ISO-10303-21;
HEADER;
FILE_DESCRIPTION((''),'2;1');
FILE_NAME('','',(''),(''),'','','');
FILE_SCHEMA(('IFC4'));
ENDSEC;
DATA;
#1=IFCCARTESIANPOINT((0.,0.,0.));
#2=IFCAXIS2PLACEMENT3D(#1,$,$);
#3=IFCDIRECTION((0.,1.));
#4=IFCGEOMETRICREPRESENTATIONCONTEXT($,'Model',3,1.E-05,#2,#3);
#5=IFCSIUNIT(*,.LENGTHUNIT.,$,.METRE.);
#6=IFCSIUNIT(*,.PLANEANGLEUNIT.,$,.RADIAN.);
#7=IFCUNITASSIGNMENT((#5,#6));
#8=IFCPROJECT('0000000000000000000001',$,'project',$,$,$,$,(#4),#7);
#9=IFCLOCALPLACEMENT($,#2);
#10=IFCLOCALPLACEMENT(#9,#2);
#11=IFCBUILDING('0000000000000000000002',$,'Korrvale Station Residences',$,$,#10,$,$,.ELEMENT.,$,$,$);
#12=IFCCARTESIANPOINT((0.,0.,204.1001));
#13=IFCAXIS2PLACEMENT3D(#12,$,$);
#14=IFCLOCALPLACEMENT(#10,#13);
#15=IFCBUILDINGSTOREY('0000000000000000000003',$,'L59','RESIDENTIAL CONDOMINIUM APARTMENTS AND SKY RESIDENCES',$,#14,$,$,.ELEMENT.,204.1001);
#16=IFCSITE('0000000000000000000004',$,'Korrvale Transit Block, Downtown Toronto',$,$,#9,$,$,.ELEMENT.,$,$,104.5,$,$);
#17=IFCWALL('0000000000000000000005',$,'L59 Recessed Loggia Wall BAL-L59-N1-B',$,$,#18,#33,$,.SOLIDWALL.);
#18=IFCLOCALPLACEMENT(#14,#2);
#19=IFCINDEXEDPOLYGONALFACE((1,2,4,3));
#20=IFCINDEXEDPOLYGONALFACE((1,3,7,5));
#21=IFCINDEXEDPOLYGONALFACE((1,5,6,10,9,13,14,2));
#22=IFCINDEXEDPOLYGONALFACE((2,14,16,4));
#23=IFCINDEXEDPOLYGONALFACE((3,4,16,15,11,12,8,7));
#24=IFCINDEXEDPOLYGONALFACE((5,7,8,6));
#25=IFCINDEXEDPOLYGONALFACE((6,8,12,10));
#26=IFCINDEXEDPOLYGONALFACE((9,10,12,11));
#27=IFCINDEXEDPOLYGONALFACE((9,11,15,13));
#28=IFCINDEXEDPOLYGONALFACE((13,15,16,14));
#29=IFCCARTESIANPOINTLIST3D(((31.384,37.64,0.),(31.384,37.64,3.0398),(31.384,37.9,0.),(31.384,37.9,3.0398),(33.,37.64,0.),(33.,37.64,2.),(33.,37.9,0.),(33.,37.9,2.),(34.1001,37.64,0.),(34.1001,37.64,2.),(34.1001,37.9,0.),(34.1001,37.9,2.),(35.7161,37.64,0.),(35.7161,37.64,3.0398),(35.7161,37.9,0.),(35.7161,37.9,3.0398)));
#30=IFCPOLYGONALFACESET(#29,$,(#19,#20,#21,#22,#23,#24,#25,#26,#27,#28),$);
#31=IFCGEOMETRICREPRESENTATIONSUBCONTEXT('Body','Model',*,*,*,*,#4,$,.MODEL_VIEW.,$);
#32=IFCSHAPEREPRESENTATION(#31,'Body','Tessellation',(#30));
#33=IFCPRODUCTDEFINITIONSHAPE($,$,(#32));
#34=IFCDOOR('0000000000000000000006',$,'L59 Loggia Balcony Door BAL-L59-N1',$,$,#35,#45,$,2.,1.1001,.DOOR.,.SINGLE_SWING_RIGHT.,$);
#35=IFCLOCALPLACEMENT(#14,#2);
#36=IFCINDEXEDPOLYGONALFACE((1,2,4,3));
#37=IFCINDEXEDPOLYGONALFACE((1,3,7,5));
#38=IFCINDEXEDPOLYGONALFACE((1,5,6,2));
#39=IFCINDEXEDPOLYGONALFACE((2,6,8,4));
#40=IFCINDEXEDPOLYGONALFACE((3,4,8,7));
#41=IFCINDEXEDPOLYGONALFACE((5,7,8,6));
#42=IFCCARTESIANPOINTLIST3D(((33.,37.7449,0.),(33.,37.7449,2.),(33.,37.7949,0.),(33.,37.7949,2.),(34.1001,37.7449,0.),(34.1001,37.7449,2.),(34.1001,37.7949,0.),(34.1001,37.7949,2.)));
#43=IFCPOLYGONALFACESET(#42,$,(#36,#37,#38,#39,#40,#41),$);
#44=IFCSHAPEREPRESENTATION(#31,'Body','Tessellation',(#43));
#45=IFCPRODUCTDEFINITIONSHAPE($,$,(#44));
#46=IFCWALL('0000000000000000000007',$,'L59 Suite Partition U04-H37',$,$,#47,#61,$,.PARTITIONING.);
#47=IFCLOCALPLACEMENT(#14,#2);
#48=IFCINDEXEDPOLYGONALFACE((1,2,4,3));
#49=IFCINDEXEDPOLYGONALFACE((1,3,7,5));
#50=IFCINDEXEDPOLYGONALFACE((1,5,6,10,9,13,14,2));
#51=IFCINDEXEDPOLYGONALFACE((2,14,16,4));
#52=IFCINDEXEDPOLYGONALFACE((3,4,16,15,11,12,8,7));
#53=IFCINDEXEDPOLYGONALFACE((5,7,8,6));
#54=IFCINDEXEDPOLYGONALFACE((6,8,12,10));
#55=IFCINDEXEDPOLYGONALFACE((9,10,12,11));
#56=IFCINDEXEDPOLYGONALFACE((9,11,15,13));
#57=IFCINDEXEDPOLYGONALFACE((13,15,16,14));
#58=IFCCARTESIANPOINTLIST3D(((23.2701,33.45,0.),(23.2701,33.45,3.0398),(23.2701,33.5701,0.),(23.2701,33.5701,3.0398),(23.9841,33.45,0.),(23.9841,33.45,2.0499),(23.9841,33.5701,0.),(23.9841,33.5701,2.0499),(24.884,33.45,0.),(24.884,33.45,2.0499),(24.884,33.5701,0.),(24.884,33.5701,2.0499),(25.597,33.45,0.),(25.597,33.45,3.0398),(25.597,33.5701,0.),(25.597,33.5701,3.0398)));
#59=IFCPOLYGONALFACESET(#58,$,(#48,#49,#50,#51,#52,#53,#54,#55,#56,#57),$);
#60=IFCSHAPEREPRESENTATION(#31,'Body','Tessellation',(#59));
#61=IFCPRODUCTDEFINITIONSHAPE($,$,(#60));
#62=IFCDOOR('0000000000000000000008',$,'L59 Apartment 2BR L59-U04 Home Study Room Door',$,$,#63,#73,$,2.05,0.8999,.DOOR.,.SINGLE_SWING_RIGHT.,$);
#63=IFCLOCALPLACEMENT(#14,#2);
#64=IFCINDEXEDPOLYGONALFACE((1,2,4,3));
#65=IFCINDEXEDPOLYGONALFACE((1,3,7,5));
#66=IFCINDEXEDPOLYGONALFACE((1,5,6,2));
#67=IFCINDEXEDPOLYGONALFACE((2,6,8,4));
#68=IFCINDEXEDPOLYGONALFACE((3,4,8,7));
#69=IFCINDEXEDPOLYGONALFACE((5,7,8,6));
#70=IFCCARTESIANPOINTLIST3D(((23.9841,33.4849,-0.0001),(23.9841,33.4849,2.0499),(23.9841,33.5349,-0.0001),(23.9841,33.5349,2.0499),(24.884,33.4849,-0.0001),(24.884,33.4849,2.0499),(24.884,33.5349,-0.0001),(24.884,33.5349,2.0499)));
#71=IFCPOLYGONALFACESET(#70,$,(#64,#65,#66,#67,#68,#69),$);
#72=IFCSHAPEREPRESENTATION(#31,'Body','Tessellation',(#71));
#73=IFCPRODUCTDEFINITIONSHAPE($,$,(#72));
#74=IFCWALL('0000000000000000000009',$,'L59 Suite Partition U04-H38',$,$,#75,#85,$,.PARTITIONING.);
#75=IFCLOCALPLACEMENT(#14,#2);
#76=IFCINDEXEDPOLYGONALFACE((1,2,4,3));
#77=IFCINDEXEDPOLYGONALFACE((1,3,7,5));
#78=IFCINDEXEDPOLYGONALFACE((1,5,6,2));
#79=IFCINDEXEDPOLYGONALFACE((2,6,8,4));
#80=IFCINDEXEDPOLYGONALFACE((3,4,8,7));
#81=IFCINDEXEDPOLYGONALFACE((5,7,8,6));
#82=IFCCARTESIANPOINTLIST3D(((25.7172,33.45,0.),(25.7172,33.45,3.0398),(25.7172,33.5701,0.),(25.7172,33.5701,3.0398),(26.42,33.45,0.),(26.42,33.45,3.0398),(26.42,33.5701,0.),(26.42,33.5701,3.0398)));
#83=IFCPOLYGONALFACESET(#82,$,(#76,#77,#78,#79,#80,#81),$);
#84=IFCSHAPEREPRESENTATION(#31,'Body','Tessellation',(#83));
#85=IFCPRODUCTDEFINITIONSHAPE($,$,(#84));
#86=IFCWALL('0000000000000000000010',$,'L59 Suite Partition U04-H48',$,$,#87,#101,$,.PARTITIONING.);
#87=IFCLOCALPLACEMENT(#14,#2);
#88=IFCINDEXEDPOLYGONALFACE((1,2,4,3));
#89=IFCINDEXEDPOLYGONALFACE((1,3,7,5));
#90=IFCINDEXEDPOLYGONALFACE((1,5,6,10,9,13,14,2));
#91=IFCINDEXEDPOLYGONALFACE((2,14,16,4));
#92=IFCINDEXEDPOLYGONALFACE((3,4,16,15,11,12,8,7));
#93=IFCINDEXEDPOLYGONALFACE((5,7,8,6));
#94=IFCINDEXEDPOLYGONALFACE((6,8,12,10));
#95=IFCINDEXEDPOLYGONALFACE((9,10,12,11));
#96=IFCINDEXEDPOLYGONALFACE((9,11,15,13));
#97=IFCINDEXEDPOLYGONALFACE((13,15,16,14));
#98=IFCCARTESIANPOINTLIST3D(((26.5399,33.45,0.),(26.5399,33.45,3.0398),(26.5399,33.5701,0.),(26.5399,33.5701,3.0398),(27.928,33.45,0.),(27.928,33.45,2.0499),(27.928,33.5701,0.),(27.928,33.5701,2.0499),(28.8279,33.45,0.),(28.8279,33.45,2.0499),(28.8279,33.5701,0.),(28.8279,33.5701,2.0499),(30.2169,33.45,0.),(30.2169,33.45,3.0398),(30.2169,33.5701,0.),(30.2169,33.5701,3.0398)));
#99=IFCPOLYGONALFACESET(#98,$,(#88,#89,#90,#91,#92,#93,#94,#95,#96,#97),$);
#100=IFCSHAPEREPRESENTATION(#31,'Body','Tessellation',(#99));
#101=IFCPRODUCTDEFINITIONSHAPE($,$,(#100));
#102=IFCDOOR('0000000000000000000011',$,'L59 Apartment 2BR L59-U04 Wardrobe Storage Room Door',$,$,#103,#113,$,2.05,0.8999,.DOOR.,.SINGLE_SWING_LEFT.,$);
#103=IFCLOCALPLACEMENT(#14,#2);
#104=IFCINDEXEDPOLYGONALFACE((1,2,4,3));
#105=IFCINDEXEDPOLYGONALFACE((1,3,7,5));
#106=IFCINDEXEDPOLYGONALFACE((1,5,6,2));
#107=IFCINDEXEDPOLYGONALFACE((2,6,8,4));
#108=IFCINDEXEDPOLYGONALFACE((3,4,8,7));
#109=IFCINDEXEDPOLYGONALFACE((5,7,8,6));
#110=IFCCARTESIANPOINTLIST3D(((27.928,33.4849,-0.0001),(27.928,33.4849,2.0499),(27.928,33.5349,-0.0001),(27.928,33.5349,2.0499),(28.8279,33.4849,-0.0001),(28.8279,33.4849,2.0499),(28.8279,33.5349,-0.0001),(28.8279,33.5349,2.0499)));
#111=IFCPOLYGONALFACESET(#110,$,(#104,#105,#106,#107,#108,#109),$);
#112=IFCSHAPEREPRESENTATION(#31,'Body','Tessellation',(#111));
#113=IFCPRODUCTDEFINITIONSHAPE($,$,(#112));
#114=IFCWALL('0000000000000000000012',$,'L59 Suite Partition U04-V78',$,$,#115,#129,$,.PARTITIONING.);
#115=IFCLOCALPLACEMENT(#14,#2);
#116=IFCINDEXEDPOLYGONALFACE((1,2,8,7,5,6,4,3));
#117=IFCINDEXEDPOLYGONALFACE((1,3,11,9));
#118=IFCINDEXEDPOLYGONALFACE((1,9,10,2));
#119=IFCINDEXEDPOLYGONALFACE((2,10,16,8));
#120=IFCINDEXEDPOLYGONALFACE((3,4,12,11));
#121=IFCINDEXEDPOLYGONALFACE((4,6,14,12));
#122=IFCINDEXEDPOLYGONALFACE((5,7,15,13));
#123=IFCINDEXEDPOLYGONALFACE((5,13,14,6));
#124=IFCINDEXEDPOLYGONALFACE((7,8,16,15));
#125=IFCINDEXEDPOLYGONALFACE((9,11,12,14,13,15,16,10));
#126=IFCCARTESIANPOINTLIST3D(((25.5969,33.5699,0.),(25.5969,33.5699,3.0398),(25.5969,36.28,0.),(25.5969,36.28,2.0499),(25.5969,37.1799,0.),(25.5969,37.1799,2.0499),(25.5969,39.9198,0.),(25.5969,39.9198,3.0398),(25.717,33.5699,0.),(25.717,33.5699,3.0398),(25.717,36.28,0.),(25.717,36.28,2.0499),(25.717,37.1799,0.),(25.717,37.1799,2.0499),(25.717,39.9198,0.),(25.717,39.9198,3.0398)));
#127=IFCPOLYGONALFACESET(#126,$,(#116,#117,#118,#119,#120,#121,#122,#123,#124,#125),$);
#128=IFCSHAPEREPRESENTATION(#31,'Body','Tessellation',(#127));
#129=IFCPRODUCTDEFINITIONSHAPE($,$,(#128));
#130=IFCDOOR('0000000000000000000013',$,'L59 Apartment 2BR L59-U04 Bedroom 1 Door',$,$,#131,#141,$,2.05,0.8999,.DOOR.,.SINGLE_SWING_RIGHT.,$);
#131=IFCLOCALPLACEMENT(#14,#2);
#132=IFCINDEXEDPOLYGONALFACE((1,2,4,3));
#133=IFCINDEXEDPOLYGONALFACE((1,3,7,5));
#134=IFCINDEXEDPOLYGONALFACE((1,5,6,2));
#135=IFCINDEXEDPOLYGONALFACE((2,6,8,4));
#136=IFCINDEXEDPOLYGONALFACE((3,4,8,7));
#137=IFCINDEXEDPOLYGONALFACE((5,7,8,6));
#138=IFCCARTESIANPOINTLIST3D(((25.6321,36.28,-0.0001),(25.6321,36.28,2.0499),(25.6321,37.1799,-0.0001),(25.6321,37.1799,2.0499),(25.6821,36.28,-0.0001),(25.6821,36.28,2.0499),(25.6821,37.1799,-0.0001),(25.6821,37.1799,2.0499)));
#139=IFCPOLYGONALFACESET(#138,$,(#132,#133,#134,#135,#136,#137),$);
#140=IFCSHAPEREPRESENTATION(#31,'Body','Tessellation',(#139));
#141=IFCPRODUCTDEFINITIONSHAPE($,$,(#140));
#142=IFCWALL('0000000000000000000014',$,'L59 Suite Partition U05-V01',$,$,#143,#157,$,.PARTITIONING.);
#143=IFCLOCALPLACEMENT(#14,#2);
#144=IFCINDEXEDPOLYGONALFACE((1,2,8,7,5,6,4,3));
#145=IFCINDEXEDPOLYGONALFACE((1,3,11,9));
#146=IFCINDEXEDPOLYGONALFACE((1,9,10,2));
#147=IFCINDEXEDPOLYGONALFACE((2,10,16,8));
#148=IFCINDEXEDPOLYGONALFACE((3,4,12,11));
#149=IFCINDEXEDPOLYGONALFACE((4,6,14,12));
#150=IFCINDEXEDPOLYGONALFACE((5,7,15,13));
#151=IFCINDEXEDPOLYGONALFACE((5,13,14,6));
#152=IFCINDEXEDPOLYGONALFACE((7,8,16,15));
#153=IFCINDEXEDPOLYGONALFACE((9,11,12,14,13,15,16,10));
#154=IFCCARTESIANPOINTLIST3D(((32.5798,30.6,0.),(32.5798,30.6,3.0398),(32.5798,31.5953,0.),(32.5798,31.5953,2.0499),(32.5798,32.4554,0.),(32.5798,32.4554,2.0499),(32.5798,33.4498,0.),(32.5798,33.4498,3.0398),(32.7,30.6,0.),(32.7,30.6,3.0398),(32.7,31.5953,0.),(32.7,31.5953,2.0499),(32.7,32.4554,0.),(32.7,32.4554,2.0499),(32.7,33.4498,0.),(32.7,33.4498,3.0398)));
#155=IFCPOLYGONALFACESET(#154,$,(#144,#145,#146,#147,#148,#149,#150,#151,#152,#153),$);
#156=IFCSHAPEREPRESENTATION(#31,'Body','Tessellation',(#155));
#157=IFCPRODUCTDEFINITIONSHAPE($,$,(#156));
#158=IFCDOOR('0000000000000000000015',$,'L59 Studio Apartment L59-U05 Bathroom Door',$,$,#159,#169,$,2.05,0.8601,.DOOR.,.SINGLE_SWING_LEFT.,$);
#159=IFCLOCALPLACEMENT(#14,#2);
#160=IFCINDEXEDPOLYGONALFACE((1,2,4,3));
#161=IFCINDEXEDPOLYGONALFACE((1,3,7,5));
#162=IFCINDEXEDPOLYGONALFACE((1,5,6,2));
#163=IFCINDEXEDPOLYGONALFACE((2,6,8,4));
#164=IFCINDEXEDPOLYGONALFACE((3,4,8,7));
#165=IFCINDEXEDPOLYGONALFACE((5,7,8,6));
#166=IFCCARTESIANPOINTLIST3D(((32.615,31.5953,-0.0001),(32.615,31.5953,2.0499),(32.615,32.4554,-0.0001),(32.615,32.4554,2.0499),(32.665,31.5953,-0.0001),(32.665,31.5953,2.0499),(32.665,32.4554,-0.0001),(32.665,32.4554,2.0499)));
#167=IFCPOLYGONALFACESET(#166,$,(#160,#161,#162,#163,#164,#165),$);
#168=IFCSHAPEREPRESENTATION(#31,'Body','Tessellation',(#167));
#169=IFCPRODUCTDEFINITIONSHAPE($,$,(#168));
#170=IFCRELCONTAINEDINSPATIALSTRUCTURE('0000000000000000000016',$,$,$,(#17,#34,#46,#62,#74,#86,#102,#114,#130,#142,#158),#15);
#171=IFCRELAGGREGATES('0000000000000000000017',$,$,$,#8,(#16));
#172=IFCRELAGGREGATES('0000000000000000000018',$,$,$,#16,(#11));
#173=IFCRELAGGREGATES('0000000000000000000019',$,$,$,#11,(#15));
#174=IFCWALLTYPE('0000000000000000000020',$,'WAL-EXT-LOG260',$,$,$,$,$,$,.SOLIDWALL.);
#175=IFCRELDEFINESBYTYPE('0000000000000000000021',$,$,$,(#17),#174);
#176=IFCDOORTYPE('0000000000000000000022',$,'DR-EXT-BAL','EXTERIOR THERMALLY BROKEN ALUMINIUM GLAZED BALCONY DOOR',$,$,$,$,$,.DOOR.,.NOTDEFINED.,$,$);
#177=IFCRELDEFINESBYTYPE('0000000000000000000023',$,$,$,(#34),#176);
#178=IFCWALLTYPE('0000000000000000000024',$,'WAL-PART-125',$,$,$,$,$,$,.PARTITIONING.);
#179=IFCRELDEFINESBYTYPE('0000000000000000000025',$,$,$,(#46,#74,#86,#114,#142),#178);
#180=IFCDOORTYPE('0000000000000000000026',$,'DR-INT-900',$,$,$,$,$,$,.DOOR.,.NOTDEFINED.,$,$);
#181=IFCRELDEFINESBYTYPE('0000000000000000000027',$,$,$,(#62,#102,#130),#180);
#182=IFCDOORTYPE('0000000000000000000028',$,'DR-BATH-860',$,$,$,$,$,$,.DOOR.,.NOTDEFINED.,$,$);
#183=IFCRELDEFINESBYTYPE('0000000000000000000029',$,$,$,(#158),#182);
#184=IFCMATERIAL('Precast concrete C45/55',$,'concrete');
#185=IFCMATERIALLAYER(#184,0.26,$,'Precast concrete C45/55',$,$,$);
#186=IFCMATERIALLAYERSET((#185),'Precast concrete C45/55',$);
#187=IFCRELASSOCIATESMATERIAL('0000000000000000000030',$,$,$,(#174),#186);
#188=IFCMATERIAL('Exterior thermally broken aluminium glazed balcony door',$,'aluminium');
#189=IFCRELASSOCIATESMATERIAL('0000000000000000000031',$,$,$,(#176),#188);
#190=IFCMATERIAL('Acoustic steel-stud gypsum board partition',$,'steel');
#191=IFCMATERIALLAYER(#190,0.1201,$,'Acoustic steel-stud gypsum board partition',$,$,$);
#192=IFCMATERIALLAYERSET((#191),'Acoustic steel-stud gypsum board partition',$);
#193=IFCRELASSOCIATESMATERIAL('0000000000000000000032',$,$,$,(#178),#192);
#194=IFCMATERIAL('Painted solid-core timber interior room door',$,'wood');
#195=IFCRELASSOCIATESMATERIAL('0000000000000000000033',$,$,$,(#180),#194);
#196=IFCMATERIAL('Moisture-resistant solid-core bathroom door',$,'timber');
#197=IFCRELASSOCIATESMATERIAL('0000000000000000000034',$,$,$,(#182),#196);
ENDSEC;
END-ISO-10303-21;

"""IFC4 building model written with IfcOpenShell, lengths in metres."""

from ifc_helpers import new_model, si_unit, direction, frame, frame_2d, origin, place, context, subcontext, project, spatial, rectangle, extrude, material, layer, layer_set, type_object, element, fill, save


model = new_model("IFC4")

# Units and contexts
model_context = context("Model", 3, precision=1e-05, world=origin(), true_north=direction((0.0, 1.0)))
body_context = subcontext(model_context, "Body", "Model", "MODEL_VIEW")
ifc_project = project(units=[si_unit("LENGTHUNIT", "METRE"), si_unit("PLANEANGLEUNIT", "RADIAN")], contexts=[model_context])

# Site, building, storey
site_placement = place(None, origin())
site = spatial("IfcSite", under=ifc_project, at=site_placement, Name="Korrvale Transit Block, Downtown Toronto", CompositionType="ELEMENT", RefElevation=104.5)
building_placement = place(site_placement, origin())
building = spatial("IfcBuilding", under=site, at=building_placement, Name="Korrvale Station Residences", CompositionType="ELEMENT")
storey_placement = place(building_placement, frame((0.0, 0.0, 204.1001)))
storey = spatial("IfcBuildingStorey", under=building, at=storey_placement, Name="L59", Description="RESIDENTIAL CONDOMINIUM APARTMENTS AND SKY RESIDENCES", CompositionType="ELEMENT", Elevation=204.1001)

# Shared definitions
ifc_material_1 = material(Name="Precast concrete C45/55", Category="concrete")
ifc_layer_1 = layer(ifc_material_1, 0.26, Name="Precast concrete C45/55")
ifc_layer_set_1 = layer_set([ifc_layer_1], Name="Precast concrete C45/55")
wall_type_1 = type_object("IfcWallType", Name="WAL-EXT-LOG260", PredefinedType="SOLIDWALL", material=ifc_layer_set_1)

# Walls, openings, doors
wall_1_placement = place(storey_placement, frame((31.384, 37.77, 0.0), z_axis=(0.0, 0.0, 1.0), x_axis=(1.0, 0.0, 0.0)))
wall_1 = element("IfcWall", 1, at=wall_1_placement, inside=storey, type_object=wall_type_1, Name="L59 Recessed Loggia Wall BAL-L59-N1-B", PredefinedType="SOLIDWALL", context=body_context, shape_type="SweptSolid", body=[
    extrude(rectangle(XDim=4.332, YDim=0.26, at=frame_2d((2.166, 0.0))), origin(), (0.0, 0.0, 1.0), 3.0398),
])
opening_1_placement = place(wall_1_placement, frame((1.616, 0.0, 0.0)))
opening_1 = element("IfcOpeningElement", 2, at=opening_1_placement, cuts=wall_1, PredefinedType="OPENING", context=body_context, shape_type="SweptSolid", body=[
    extrude(rectangle(XDim=1.1001, YDim=2.0, at=frame_2d((0.55, 1.0))), frame((0.0, 0.1401, 0.0), z_axis=(0.0, -1.0, 0.0), x_axis=(1.0, 0.0, 0.0)), (0.0, 0.0, 1.0), 0.28),
])
ifc_material_2 = material(Name="Exterior thermally broken aluminium glazed balcony door", Category="aluminium")
door_type_1 = type_object("IfcDoorType", Name="DR-EXT-BAL", Description="EXTERIOR THERMALLY BROKEN ALUMINIUM GLAZED BALCONY DOOR", OperationType="NOTDEFINED", PredefinedType="DOOR", material=ifc_material_2)
door_1_placement = place(opening_1_placement, origin())
door_1 = element("IfcDoor", 3, at=door_1_placement, inside=storey, type_object=door_type_1, Name="L59 Loggia Balcony Door BAL-L59-N1", OperationType="SINGLE_SWING_RIGHT", OverallHeight=2.0, OverallWidth=1.1001, PredefinedType="DOOR", context=body_context, shape_type="SweptSolid", body=[
    extrude(rectangle(XDim=1.1001, YDim=2.0, at=frame_2d((0.55, 1.0))), frame((0.0, 0.0249, 0.0), z_axis=(0.0, -1.0, 0.0), x_axis=(1.0, 0.0, 0.0)), (0.0, 0.0, 1.0), 0.05),
])
fill(opening_1, door_1)
ifc_material_3 = material(Name="Acoustic steel-stud gypsum board partition", Category="steel")
ifc_layer_2 = layer(ifc_material_3, 0.1201, Name="Acoustic steel-stud gypsum board partition")
ifc_layer_set_2 = layer_set([ifc_layer_2], Name="Acoustic steel-stud gypsum board partition")
wall_type_2 = type_object("IfcWallType", Name="WAL-PART-125", PredefinedType="PARTITIONING", material=ifc_layer_set_2)
wall_2_placement = place(storey_placement, frame((23.27, 33.51, 0.0), z_axis=(0.0, 0.0, 1.0), x_axis=(1.0, 0.0, 0.0)))
wall_2 = element("IfcWall", 4, at=wall_2_placement, inside=storey, type_object=wall_type_2, Name="L59 Suite Partition U04-H37", PredefinedType="PARTITIONING", context=body_context, shape_type="SweptSolid", body=[
    extrude(rectangle(XDim=2.3269, YDim=0.1201, at=frame_2d((1.1636, 0.0))), origin(), (0.0, 0.0, 1.0), 3.0398),
])
opening_2_placement = place(wall_2_placement, frame((0.7141, 0.0, 0.0)))
opening_2 = element("IfcOpeningElement", 5, at=opening_2_placement, cuts=wall_2, PredefinedType="OPENING", context=body_context, shape_type="SweptSolid", body=[
    extrude(rectangle(XDim=0.8999, YDim=2.05, at=frame_2d((0.45, 1.0249))), frame((0.0, 0.0701, 0.0), z_axis=(0.0, -1.0, 0.0), x_axis=(1.0, 0.0, 0.0)), (0.0, 0.0, 1.0), 0.1401),
])
ifc_material_4 = material(Name="Painted solid-core timber interior room door", Category="wood")
door_type_2 = type_object("IfcDoorType", Name="DR-INT-900", OperationType="NOTDEFINED", PredefinedType="DOOR", material=ifc_material_4)
door_2_placement = place(opening_2_placement, origin())
door_2 = element("IfcDoor", 6, at=door_2_placement, inside=storey, type_object=door_type_2, Name="L59 Apartment 2BR L59-U04 Home Study Room Door", OperationType="SINGLE_SWING_RIGHT", OverallHeight=2.05, OverallWidth=0.8999, PredefinedType="DOOR", context=body_context, shape_type="SweptSolid", body=[
    extrude(rectangle(XDim=0.8999, YDim=2.05, at=frame_2d((0.45, 1.0249))), frame((0.0, 0.0249, 0.0), z_axis=(0.0, -1.0, 0.0), x_axis=(1.0, 0.0, 0.0)), (0.0, 0.0, 1.0), 0.05),
])
fill(opening_2, door_2)

# Wall
wall_3_placement = place(storey_placement, frame((25.717, 33.51, 0.0), z_axis=(0.0, 0.0, 1.0), x_axis=(1.0, 0.0, 0.0)))
element("IfcWall", 7, at=wall_3_placement, inside=storey, type_object=wall_type_2, Name="L59 Suite Partition U04-H38", PredefinedType="PARTITIONING", context=body_context, shape_type="SweptSolid", body=[
    extrude(rectangle(XDim=0.7029, YDim=0.1201, at=frame_2d((0.3516, 0.0))), origin(), (0.0, 0.0, 1.0), 3.0398),
])

# Walls, openings, doors
wall_4_placement = place(storey_placement, frame((26.54, 33.51, 0.0), z_axis=(0.0, 0.0, 1.0), x_axis=(1.0, 0.0, 0.0)))
wall_4 = element("IfcWall", 8, at=wall_4_placement, inside=storey, type_object=wall_type_2, Name="L59 Suite Partition U04-H48", PredefinedType="PARTITIONING", context=body_context, shape_type="SweptSolid", body=[
    extrude(rectangle(XDim=3.677, YDim=0.1201, at=frame_2d((1.8384, 0.0))), origin(), (0.0, 0.0, 1.0), 3.0398),
])
opening_3_placement = place(wall_4_placement, frame((1.3879, 0.0, 0.0)))
opening_3 = element("IfcOpeningElement", 9, at=opening_3_placement, cuts=wall_4, PredefinedType="OPENING", context=body_context, shape_type="SweptSolid", body=[
    extrude(rectangle(XDim=0.8999, YDim=2.05, at=frame_2d((0.45, 1.0249))), frame((0.0, 0.0701, 0.0), z_axis=(0.0, -1.0, 0.0), x_axis=(1.0, 0.0, 0.0)), (0.0, 0.0, 1.0), 0.1401),
])
door_3_placement = place(opening_3_placement, origin())
door_3 = element("IfcDoor", 10, at=door_3_placement, inside=storey, type_object=door_type_2, Name="L59 Apartment 2BR L59-U04 Wardrobe Storage Room Door", OperationType="SINGLE_SWING_LEFT", OverallHeight=2.05, OverallWidth=0.8999, PredefinedType="DOOR", context=body_context, shape_type="SweptSolid", body=[
    extrude(rectangle(XDim=0.8999, YDim=2.05, at=frame_2d((0.45, 1.0249))), frame((0.0, 0.0249, 0.0), z_axis=(0.0, -1.0, 0.0), x_axis=(1.0, 0.0, 0.0)), (0.0, 0.0, 1.0), 0.05),
])
fill(opening_3, door_3)
wall_5_placement = place(storey_placement, frame((25.657, 33.5701, 0.0), z_axis=(0.0, 0.0, 1.0), x_axis=(0.0, 1.0, 0.0)))
wall_5 = element("IfcWall", 11, at=wall_5_placement, inside=storey, type_object=wall_type_2, Name="L59 Suite Partition U04-V78", PredefinedType="PARTITIONING", context=body_context, shape_type="SweptSolid", body=[
    extrude(rectangle(XDim=6.3499, YDim=0.1201, at=frame_2d((3.1748, 0.0))), origin(), (0.0, 0.0, 1.0), 3.0398),
])
opening_4_placement = place(wall_5_placement, frame((2.71, 0.0, 0.0)))
opening_4 = element("IfcOpeningElement", 12, at=opening_4_placement, cuts=wall_5, PredefinedType="OPENING", context=body_context, shape_type="SweptSolid", body=[
    extrude(rectangle(XDim=0.8999, YDim=2.05, at=frame_2d((0.45, 1.0249))), frame((0.0, 0.0701, 0.0), z_axis=(0.0, -1.0, 0.0), x_axis=(1.0, 0.0, 0.0)), (0.0, 0.0, 1.0), 0.1401),
])
door_4_placement = place(opening_4_placement, origin())
door_4 = element("IfcDoor", 13, at=door_4_placement, inside=storey, type_object=door_type_2, Name="L59 Apartment 2BR L59-U04 Bedroom 1 Door", OperationType="SINGLE_SWING_RIGHT", OverallHeight=2.05, OverallWidth=0.8999, PredefinedType="DOOR", context=body_context, shape_type="SweptSolid", body=[
    extrude(rectangle(XDim=0.8999, YDim=2.05, at=frame_2d((0.45, 1.0249))), frame((0.0, 0.0249, 0.0), z_axis=(0.0, -1.0, 0.0), x_axis=(1.0, 0.0, 0.0)), (0.0, 0.0, 1.0), 0.05),
])
fill(opening_4, door_4)
wall_6_placement = place(storey_placement, frame((32.6399, 30.6001, 0.0), z_axis=(0.0, 0.0, 1.0), x_axis=(0.0, 1.0, 0.0)))
wall_6 = element("IfcWall", 14, at=wall_6_placement, inside=storey, type_object=wall_type_2, Name="L59 Suite Partition U05-V01", PredefinedType="PARTITIONING", context=body_context, shape_type="SweptSolid", body=[
    extrude(rectangle(XDim=2.8499, YDim=0.1201, at=frame_2d((1.4248, 0.0))), origin(), (0.0, 0.0, 1.0), 3.0398),
])
opening_5_placement = place(wall_6_placement, frame((0.9951, 0.0, 0.0)))
opening_5 = element("IfcOpeningElement", 15, at=opening_5_placement, cuts=wall_6, PredefinedType="OPENING", context=body_context, shape_type="SweptSolid", body=[
    extrude(rectangle(XDim=0.8601, YDim=2.05, at=frame_2d((0.4302, 1.0249))), frame((0.0, 0.0701, 0.0), z_axis=(0.0, -1.0, 0.0), x_axis=(1.0, 0.0, 0.0)), (0.0, 0.0, 1.0), 0.1401),
])
ifc_material_5 = material(Name="Moisture-resistant solid-core bathroom door", Category="timber")
door_type_3 = type_object("IfcDoorType", Name="DR-BATH-860", OperationType="NOTDEFINED", PredefinedType="DOOR", material=ifc_material_5)
door_5_placement = place(opening_5_placement, origin())
door_5 = element("IfcDoor", 16, at=door_5_placement, inside=storey, type_object=door_type_3, Name="L59 Studio Apartment L59-U05 Bathroom Door", OperationType="SINGLE_SWING_LEFT", OverallHeight=2.05, OverallWidth=0.8601, PredefinedType="DOOR", context=body_context, shape_type="SweptSolid", body=[
    extrude(rectangle(XDim=0.8601, YDim=2.05, at=frame_2d((0.4302, 1.0249))), frame((0.0, 0.0249, 0.0), z_axis=(0.0, -1.0, 0.0), x_axis=(1.0, 0.0, 0.0)), (0.0, 0.0, 1.0), 0.05),
])
fill(opening_5, door_5)

save(model, "model.ifc")
